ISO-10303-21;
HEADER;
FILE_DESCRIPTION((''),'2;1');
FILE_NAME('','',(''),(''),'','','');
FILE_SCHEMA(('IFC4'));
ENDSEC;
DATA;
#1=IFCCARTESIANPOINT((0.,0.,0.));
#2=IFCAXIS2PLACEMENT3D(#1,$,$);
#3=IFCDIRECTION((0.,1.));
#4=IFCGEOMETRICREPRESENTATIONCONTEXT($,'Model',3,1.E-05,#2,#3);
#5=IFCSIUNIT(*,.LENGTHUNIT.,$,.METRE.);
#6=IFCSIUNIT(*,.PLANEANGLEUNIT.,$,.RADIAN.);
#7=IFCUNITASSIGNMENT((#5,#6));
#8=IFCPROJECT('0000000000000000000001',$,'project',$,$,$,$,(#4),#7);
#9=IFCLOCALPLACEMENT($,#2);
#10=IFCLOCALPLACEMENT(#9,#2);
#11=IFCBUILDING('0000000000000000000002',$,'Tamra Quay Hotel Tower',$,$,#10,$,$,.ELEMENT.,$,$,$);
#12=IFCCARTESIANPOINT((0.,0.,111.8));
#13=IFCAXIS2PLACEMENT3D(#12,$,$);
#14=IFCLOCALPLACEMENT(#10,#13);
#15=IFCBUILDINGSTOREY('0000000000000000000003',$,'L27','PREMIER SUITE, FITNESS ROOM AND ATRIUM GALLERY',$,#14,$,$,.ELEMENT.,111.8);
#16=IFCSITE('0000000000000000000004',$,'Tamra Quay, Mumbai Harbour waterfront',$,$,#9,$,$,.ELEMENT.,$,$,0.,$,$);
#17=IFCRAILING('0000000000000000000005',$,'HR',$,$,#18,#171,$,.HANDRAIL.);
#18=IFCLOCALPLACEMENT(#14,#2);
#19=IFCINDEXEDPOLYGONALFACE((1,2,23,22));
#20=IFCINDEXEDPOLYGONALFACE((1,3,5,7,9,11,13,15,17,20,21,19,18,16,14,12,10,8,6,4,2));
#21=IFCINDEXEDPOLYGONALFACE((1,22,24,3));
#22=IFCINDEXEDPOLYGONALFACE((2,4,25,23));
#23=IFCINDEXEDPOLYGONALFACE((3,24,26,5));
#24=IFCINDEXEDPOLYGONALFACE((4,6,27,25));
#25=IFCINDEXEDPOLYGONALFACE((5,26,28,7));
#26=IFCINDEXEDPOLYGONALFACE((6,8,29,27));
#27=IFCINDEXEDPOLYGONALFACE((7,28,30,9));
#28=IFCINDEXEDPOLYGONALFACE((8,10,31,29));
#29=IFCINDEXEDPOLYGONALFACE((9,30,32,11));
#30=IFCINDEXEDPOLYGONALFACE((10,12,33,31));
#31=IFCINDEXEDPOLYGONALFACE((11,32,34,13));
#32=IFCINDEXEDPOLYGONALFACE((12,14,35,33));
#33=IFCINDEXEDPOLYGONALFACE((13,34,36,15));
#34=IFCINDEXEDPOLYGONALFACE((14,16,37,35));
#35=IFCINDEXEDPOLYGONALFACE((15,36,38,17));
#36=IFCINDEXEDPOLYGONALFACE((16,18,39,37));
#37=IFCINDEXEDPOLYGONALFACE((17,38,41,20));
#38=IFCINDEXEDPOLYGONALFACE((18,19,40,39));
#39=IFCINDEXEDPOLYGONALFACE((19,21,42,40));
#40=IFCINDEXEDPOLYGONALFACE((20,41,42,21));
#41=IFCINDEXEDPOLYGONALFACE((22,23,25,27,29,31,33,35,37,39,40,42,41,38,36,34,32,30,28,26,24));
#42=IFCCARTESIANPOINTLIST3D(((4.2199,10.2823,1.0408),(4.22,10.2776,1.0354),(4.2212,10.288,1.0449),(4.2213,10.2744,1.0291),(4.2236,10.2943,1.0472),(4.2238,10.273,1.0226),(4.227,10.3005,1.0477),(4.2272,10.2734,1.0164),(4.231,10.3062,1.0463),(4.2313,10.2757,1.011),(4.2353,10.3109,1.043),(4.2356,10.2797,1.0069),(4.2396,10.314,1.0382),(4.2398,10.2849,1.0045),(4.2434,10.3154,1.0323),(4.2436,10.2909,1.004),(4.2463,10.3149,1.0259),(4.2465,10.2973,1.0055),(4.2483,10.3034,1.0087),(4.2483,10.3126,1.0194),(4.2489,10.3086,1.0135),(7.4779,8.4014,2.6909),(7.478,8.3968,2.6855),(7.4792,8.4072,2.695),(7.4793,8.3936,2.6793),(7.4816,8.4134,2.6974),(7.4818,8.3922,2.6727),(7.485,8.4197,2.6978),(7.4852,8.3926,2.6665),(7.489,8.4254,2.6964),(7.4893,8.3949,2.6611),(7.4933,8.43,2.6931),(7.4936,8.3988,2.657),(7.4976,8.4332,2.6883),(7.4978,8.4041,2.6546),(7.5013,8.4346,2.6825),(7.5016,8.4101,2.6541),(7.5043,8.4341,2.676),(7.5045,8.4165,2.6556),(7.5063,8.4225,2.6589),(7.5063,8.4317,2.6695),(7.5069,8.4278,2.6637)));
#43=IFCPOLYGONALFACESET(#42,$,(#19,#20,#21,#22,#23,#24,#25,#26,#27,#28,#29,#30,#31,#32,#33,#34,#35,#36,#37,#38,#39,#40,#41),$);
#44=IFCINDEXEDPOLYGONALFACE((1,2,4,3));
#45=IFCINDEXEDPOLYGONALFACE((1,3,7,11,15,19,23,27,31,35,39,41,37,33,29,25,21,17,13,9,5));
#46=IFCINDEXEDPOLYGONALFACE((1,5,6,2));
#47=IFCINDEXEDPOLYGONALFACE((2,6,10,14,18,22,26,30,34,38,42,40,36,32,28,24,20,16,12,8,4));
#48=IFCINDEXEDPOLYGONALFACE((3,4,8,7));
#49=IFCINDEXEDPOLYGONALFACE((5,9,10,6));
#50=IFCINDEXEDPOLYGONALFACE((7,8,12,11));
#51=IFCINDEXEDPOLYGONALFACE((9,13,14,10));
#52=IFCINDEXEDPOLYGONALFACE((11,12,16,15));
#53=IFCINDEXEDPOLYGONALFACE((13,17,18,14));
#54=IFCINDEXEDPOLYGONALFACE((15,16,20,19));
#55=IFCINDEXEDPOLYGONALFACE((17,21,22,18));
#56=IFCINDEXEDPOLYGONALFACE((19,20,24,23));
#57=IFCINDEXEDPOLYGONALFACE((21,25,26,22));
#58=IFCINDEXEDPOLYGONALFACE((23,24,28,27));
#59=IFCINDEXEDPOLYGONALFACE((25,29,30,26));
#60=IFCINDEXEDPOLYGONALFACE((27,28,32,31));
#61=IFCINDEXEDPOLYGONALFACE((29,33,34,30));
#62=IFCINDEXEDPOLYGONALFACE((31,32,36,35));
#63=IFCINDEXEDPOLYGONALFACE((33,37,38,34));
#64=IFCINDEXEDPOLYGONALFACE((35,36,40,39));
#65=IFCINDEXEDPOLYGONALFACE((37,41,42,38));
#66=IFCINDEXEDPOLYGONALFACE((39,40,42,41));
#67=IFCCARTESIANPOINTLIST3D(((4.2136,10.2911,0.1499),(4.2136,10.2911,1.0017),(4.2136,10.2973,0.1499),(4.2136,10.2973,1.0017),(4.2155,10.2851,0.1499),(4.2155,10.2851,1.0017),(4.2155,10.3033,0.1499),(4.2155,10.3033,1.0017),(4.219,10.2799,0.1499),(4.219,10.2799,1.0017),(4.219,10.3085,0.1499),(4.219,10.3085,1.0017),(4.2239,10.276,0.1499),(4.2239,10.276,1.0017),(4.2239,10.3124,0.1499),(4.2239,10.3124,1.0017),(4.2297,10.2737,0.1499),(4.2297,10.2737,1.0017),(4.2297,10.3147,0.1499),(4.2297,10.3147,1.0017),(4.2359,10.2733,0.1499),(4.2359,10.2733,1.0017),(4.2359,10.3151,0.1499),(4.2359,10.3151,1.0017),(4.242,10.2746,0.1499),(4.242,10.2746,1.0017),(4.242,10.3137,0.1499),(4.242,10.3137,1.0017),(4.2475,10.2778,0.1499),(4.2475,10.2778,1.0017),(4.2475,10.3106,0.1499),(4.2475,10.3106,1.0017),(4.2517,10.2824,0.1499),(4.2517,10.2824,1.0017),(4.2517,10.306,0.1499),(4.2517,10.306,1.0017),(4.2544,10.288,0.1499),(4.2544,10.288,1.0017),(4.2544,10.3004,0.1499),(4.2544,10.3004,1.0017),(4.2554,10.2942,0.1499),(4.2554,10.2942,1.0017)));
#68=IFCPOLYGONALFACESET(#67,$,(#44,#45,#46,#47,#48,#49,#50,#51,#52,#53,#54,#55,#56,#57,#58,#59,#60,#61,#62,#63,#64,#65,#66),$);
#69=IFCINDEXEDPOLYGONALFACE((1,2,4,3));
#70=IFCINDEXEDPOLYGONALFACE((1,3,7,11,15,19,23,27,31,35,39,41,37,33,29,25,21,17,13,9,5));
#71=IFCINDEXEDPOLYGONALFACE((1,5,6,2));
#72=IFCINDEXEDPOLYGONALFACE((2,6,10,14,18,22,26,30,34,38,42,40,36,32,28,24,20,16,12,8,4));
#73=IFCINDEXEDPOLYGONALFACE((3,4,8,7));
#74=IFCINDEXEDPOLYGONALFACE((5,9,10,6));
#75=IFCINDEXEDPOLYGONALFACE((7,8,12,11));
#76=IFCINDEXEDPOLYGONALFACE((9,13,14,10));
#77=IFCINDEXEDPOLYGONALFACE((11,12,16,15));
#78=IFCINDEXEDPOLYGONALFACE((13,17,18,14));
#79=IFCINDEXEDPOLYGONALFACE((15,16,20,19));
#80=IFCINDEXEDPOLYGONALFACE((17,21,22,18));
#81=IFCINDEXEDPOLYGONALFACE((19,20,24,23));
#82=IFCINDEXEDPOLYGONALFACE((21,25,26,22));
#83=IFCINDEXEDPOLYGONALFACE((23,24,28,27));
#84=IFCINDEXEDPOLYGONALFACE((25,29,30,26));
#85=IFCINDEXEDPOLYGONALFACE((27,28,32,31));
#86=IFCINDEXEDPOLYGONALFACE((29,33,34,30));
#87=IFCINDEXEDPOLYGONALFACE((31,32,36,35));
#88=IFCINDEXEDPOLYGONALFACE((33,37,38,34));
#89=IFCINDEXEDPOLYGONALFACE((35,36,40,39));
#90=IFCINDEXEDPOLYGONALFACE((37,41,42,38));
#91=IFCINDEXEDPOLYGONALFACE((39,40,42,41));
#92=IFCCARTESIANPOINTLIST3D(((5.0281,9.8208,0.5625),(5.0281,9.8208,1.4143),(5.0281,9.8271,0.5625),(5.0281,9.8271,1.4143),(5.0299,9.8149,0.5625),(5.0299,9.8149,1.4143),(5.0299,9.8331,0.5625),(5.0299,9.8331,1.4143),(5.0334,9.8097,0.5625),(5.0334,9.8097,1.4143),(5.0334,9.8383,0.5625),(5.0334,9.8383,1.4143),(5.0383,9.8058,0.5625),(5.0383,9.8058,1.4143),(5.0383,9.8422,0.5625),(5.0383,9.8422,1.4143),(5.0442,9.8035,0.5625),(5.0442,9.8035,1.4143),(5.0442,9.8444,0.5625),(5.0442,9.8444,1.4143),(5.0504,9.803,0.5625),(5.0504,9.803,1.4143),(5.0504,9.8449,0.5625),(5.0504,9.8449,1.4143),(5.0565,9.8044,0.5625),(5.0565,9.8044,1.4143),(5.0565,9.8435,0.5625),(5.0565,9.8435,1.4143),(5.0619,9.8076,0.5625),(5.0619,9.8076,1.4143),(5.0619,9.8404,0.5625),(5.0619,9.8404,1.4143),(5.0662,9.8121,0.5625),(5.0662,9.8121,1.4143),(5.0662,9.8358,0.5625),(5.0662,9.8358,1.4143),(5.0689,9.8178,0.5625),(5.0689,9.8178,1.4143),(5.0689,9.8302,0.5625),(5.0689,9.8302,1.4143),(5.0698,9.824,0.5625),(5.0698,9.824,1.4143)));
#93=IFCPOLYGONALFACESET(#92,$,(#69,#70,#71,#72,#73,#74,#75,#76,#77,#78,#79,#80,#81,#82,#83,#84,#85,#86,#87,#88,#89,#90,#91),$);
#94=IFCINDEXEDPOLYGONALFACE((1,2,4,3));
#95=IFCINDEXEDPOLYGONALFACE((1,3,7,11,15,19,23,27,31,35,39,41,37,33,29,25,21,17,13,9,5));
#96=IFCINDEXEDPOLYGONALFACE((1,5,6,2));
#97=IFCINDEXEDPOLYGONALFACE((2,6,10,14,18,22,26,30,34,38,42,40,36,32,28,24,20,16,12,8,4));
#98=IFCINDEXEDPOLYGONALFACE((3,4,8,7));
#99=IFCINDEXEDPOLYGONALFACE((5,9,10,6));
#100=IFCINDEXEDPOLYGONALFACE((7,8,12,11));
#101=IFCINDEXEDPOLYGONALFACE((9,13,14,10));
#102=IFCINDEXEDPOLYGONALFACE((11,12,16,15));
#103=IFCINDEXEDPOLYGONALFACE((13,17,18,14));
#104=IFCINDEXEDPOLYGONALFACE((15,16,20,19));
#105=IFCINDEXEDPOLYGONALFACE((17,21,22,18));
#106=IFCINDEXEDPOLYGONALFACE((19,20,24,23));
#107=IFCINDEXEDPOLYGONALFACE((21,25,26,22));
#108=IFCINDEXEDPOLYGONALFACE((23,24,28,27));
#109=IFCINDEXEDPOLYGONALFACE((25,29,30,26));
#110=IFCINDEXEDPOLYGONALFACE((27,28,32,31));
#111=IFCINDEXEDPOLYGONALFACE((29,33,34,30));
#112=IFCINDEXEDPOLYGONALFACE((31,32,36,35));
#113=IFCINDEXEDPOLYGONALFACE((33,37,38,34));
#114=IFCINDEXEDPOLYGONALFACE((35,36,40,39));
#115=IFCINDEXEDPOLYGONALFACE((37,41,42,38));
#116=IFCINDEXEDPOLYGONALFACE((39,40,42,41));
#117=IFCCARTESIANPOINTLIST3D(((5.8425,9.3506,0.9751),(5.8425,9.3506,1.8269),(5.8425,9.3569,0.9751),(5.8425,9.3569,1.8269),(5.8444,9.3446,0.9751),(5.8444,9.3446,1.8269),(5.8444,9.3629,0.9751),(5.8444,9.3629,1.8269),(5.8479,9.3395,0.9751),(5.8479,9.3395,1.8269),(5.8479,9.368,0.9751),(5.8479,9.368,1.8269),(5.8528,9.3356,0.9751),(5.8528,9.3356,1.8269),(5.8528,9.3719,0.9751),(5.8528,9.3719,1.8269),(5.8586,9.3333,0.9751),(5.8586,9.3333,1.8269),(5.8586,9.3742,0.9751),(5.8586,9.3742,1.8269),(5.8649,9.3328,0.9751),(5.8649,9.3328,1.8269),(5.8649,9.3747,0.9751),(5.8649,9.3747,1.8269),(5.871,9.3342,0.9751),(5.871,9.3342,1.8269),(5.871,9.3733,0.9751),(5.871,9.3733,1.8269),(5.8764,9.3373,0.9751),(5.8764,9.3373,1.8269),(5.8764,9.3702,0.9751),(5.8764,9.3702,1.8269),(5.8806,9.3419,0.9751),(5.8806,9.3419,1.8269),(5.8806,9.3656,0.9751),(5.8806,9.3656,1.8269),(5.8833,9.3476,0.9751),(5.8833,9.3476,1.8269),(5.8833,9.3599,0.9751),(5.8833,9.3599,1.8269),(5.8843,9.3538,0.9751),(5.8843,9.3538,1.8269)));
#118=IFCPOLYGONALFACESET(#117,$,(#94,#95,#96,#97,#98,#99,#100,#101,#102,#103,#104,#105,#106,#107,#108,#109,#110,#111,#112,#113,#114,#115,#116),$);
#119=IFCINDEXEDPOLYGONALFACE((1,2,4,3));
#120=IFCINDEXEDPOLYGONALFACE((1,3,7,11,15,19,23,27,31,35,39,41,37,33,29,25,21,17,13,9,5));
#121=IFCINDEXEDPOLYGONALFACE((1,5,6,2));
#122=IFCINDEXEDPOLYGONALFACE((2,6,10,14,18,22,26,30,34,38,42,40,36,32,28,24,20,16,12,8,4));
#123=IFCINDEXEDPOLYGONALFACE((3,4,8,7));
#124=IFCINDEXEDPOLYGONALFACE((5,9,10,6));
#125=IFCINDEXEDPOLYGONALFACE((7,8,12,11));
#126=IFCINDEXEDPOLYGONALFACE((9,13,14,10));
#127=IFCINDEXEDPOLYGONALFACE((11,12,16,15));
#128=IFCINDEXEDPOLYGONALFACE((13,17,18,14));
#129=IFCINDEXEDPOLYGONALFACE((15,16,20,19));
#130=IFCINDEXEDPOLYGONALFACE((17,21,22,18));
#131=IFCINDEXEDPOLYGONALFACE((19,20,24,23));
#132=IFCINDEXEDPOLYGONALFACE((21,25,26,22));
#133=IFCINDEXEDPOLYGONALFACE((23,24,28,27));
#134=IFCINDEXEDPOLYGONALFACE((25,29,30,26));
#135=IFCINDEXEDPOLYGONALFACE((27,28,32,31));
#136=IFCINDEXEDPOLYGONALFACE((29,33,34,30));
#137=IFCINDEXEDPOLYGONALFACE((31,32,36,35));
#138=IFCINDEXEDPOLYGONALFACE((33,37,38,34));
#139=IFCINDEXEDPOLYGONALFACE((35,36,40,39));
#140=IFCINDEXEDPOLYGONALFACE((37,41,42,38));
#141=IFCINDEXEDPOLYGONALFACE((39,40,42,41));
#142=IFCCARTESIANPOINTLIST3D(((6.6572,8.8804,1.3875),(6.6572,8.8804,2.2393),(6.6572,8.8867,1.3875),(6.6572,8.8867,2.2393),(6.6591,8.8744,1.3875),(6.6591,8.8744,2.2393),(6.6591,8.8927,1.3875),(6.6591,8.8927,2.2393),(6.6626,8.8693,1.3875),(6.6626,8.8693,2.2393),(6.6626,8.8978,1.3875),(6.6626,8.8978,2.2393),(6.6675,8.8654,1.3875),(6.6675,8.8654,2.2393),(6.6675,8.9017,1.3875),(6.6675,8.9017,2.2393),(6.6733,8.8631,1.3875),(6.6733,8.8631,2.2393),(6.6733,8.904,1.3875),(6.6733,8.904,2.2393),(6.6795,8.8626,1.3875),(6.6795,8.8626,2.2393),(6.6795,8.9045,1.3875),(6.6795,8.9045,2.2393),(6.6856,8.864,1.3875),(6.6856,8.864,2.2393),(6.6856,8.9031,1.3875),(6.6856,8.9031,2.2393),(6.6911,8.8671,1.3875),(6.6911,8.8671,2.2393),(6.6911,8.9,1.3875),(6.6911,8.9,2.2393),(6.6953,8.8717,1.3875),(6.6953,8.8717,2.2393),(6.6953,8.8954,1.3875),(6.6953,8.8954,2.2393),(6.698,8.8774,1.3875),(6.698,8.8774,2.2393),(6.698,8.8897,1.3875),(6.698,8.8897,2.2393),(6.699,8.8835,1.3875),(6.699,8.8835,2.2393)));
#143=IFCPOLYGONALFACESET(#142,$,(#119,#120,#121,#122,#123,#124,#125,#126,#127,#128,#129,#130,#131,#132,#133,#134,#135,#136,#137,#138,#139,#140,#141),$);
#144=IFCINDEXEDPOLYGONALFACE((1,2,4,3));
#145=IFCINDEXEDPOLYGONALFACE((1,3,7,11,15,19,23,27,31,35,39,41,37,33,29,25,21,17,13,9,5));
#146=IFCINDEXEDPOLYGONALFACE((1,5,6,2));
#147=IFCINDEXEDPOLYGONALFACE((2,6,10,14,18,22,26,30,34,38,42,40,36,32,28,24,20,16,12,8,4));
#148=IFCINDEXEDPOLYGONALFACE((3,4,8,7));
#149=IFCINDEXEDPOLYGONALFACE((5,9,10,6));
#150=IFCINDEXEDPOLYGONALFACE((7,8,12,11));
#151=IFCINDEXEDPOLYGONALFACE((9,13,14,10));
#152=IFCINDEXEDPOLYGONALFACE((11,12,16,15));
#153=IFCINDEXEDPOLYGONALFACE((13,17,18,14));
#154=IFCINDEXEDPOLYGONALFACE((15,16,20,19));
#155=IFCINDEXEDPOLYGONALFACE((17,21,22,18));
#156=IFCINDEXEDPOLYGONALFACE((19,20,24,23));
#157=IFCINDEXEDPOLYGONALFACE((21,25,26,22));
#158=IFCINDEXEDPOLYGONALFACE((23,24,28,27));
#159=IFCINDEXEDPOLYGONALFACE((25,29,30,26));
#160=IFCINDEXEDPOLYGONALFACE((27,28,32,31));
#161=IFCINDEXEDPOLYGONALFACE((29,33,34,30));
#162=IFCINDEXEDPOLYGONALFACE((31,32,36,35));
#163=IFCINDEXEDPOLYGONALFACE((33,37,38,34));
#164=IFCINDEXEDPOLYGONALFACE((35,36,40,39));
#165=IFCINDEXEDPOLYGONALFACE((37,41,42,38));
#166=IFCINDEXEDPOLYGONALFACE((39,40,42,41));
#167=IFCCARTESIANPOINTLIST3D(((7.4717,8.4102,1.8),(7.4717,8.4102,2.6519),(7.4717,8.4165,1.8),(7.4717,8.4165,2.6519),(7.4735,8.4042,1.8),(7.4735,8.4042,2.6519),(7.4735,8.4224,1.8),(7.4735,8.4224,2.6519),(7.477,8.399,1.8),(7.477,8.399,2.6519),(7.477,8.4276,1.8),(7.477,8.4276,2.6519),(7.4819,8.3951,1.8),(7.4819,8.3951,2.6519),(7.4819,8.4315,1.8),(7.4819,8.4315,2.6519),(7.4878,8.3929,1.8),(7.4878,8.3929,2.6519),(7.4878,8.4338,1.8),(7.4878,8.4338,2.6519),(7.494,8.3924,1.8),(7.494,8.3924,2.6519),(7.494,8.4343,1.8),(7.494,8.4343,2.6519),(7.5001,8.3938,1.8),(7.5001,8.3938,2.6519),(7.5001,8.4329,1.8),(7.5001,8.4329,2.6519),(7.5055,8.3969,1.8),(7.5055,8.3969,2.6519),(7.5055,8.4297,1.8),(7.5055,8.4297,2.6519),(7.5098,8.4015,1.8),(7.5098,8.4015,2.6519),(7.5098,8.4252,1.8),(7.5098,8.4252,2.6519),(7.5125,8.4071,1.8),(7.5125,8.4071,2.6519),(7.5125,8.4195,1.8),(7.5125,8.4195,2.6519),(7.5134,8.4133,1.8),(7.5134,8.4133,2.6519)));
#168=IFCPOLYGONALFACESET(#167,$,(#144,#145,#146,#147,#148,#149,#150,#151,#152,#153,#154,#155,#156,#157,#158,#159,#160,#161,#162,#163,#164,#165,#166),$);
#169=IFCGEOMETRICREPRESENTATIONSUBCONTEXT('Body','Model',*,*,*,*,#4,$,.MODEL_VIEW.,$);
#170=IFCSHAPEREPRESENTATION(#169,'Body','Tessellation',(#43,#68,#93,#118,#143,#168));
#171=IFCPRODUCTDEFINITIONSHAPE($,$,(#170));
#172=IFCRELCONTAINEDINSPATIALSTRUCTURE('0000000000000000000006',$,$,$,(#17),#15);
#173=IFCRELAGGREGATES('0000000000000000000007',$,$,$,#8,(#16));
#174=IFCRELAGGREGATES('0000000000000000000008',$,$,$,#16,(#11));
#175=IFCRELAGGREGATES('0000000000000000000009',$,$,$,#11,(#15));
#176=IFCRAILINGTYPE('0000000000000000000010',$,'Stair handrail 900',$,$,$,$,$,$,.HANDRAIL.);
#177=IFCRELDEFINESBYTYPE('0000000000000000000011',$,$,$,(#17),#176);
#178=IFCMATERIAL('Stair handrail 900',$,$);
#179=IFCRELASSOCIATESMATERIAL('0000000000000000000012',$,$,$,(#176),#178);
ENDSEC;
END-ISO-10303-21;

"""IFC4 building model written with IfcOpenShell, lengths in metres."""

from ifc_helpers import new_model, si_unit, direction, frame, origin, origin_2d, place, context, subcontext, project, spatial, circle, extrude, material, type_object, element, save


model = new_model("IFC4")

# Units and contexts
model_context = context("Model", 3, precision=1e-05, world=origin(), true_north=direction((0.0, 1.0)))
body_context = subcontext(model_context, "Body", "Model", "MODEL_VIEW")
ifc_project = project(units=[si_unit("LENGTHUNIT", "METRE"), si_unit("PLANEANGLEUNIT", "RADIAN")], contexts=[model_context])

# Site, building, storey
site_placement = place(None, origin())
site = spatial("IfcSite", under=ifc_project, at=site_placement, Name="Tamra Quay, Mumbai Harbour waterfront", CompositionType="ELEMENT", RefElevation=0.0)
building_placement = place(site_placement, origin())
building = spatial("IfcBuilding", under=site, at=building_placement, Name="Tamra Quay Hotel Tower", CompositionType="ELEMENT")
storey_placement = place(building_placement, frame((0.0, 0.0, 111.8)))
storey = spatial("IfcBuildingStorey", under=building, at=storey_placement, Name="L27", Description="PREMIER SUITE, FITNESS ROOM AND ATRIUM GALLERY", CompositionType="ELEMENT", Elevation=111.8)

# Railing
ifc_material_1 = material(Name="Stair handrail 900")
railing_type = type_object("IfcRailingType", Name="Stair handrail 900", PredefinedType="HANDRAIL", material=ifc_material_1)
railing_1_placement = place(storey_placement, frame((4.2344, 10.2942, 0.1499)))
element("IfcRailing", 1, at=railing_1_placement, inside=storey, type_object=railing_type, Name="HR", PredefinedType="HANDRAIL", context=body_context, shape_type="SweptSolid", body=[
    extrude(circle(Radius=0.0239, at=origin_2d()), frame((0.0, 0.0, 0.876), z_axis=(0.793103, -0.457854, 0.401692), x_axis=(0.499964, 0.866046, 0.0)), (0.0, 0.0, 1.0), 4.1079),
    extrude(circle(Radius=0.021, at=origin_2d()), origin(), (0.0, 0.0, 1.0), 0.8518),
    extrude(circle(Radius=0.021, at=origin_2d()), frame((0.8145, -0.4702, 0.4126)), (0.0, 0.0, 1.0), 0.8518),
    extrude(circle(Radius=0.021, at=origin_2d()), frame((1.6289, -0.9404, 0.8252)), (0.0, 0.0, 1.0), 0.8518),
    extrude(circle(Radius=0.021, at=origin_2d()), frame((2.4436, -1.4106, 1.2375)), (0.0, 0.0, 1.0), 0.8518),
    extrude(circle(Radius=0.021, at=origin_2d()), frame((3.2581, -1.8809, 1.6501)), (0.0, 0.0, 1.0), 0.8518),
])

save(model, "model.ifc")
